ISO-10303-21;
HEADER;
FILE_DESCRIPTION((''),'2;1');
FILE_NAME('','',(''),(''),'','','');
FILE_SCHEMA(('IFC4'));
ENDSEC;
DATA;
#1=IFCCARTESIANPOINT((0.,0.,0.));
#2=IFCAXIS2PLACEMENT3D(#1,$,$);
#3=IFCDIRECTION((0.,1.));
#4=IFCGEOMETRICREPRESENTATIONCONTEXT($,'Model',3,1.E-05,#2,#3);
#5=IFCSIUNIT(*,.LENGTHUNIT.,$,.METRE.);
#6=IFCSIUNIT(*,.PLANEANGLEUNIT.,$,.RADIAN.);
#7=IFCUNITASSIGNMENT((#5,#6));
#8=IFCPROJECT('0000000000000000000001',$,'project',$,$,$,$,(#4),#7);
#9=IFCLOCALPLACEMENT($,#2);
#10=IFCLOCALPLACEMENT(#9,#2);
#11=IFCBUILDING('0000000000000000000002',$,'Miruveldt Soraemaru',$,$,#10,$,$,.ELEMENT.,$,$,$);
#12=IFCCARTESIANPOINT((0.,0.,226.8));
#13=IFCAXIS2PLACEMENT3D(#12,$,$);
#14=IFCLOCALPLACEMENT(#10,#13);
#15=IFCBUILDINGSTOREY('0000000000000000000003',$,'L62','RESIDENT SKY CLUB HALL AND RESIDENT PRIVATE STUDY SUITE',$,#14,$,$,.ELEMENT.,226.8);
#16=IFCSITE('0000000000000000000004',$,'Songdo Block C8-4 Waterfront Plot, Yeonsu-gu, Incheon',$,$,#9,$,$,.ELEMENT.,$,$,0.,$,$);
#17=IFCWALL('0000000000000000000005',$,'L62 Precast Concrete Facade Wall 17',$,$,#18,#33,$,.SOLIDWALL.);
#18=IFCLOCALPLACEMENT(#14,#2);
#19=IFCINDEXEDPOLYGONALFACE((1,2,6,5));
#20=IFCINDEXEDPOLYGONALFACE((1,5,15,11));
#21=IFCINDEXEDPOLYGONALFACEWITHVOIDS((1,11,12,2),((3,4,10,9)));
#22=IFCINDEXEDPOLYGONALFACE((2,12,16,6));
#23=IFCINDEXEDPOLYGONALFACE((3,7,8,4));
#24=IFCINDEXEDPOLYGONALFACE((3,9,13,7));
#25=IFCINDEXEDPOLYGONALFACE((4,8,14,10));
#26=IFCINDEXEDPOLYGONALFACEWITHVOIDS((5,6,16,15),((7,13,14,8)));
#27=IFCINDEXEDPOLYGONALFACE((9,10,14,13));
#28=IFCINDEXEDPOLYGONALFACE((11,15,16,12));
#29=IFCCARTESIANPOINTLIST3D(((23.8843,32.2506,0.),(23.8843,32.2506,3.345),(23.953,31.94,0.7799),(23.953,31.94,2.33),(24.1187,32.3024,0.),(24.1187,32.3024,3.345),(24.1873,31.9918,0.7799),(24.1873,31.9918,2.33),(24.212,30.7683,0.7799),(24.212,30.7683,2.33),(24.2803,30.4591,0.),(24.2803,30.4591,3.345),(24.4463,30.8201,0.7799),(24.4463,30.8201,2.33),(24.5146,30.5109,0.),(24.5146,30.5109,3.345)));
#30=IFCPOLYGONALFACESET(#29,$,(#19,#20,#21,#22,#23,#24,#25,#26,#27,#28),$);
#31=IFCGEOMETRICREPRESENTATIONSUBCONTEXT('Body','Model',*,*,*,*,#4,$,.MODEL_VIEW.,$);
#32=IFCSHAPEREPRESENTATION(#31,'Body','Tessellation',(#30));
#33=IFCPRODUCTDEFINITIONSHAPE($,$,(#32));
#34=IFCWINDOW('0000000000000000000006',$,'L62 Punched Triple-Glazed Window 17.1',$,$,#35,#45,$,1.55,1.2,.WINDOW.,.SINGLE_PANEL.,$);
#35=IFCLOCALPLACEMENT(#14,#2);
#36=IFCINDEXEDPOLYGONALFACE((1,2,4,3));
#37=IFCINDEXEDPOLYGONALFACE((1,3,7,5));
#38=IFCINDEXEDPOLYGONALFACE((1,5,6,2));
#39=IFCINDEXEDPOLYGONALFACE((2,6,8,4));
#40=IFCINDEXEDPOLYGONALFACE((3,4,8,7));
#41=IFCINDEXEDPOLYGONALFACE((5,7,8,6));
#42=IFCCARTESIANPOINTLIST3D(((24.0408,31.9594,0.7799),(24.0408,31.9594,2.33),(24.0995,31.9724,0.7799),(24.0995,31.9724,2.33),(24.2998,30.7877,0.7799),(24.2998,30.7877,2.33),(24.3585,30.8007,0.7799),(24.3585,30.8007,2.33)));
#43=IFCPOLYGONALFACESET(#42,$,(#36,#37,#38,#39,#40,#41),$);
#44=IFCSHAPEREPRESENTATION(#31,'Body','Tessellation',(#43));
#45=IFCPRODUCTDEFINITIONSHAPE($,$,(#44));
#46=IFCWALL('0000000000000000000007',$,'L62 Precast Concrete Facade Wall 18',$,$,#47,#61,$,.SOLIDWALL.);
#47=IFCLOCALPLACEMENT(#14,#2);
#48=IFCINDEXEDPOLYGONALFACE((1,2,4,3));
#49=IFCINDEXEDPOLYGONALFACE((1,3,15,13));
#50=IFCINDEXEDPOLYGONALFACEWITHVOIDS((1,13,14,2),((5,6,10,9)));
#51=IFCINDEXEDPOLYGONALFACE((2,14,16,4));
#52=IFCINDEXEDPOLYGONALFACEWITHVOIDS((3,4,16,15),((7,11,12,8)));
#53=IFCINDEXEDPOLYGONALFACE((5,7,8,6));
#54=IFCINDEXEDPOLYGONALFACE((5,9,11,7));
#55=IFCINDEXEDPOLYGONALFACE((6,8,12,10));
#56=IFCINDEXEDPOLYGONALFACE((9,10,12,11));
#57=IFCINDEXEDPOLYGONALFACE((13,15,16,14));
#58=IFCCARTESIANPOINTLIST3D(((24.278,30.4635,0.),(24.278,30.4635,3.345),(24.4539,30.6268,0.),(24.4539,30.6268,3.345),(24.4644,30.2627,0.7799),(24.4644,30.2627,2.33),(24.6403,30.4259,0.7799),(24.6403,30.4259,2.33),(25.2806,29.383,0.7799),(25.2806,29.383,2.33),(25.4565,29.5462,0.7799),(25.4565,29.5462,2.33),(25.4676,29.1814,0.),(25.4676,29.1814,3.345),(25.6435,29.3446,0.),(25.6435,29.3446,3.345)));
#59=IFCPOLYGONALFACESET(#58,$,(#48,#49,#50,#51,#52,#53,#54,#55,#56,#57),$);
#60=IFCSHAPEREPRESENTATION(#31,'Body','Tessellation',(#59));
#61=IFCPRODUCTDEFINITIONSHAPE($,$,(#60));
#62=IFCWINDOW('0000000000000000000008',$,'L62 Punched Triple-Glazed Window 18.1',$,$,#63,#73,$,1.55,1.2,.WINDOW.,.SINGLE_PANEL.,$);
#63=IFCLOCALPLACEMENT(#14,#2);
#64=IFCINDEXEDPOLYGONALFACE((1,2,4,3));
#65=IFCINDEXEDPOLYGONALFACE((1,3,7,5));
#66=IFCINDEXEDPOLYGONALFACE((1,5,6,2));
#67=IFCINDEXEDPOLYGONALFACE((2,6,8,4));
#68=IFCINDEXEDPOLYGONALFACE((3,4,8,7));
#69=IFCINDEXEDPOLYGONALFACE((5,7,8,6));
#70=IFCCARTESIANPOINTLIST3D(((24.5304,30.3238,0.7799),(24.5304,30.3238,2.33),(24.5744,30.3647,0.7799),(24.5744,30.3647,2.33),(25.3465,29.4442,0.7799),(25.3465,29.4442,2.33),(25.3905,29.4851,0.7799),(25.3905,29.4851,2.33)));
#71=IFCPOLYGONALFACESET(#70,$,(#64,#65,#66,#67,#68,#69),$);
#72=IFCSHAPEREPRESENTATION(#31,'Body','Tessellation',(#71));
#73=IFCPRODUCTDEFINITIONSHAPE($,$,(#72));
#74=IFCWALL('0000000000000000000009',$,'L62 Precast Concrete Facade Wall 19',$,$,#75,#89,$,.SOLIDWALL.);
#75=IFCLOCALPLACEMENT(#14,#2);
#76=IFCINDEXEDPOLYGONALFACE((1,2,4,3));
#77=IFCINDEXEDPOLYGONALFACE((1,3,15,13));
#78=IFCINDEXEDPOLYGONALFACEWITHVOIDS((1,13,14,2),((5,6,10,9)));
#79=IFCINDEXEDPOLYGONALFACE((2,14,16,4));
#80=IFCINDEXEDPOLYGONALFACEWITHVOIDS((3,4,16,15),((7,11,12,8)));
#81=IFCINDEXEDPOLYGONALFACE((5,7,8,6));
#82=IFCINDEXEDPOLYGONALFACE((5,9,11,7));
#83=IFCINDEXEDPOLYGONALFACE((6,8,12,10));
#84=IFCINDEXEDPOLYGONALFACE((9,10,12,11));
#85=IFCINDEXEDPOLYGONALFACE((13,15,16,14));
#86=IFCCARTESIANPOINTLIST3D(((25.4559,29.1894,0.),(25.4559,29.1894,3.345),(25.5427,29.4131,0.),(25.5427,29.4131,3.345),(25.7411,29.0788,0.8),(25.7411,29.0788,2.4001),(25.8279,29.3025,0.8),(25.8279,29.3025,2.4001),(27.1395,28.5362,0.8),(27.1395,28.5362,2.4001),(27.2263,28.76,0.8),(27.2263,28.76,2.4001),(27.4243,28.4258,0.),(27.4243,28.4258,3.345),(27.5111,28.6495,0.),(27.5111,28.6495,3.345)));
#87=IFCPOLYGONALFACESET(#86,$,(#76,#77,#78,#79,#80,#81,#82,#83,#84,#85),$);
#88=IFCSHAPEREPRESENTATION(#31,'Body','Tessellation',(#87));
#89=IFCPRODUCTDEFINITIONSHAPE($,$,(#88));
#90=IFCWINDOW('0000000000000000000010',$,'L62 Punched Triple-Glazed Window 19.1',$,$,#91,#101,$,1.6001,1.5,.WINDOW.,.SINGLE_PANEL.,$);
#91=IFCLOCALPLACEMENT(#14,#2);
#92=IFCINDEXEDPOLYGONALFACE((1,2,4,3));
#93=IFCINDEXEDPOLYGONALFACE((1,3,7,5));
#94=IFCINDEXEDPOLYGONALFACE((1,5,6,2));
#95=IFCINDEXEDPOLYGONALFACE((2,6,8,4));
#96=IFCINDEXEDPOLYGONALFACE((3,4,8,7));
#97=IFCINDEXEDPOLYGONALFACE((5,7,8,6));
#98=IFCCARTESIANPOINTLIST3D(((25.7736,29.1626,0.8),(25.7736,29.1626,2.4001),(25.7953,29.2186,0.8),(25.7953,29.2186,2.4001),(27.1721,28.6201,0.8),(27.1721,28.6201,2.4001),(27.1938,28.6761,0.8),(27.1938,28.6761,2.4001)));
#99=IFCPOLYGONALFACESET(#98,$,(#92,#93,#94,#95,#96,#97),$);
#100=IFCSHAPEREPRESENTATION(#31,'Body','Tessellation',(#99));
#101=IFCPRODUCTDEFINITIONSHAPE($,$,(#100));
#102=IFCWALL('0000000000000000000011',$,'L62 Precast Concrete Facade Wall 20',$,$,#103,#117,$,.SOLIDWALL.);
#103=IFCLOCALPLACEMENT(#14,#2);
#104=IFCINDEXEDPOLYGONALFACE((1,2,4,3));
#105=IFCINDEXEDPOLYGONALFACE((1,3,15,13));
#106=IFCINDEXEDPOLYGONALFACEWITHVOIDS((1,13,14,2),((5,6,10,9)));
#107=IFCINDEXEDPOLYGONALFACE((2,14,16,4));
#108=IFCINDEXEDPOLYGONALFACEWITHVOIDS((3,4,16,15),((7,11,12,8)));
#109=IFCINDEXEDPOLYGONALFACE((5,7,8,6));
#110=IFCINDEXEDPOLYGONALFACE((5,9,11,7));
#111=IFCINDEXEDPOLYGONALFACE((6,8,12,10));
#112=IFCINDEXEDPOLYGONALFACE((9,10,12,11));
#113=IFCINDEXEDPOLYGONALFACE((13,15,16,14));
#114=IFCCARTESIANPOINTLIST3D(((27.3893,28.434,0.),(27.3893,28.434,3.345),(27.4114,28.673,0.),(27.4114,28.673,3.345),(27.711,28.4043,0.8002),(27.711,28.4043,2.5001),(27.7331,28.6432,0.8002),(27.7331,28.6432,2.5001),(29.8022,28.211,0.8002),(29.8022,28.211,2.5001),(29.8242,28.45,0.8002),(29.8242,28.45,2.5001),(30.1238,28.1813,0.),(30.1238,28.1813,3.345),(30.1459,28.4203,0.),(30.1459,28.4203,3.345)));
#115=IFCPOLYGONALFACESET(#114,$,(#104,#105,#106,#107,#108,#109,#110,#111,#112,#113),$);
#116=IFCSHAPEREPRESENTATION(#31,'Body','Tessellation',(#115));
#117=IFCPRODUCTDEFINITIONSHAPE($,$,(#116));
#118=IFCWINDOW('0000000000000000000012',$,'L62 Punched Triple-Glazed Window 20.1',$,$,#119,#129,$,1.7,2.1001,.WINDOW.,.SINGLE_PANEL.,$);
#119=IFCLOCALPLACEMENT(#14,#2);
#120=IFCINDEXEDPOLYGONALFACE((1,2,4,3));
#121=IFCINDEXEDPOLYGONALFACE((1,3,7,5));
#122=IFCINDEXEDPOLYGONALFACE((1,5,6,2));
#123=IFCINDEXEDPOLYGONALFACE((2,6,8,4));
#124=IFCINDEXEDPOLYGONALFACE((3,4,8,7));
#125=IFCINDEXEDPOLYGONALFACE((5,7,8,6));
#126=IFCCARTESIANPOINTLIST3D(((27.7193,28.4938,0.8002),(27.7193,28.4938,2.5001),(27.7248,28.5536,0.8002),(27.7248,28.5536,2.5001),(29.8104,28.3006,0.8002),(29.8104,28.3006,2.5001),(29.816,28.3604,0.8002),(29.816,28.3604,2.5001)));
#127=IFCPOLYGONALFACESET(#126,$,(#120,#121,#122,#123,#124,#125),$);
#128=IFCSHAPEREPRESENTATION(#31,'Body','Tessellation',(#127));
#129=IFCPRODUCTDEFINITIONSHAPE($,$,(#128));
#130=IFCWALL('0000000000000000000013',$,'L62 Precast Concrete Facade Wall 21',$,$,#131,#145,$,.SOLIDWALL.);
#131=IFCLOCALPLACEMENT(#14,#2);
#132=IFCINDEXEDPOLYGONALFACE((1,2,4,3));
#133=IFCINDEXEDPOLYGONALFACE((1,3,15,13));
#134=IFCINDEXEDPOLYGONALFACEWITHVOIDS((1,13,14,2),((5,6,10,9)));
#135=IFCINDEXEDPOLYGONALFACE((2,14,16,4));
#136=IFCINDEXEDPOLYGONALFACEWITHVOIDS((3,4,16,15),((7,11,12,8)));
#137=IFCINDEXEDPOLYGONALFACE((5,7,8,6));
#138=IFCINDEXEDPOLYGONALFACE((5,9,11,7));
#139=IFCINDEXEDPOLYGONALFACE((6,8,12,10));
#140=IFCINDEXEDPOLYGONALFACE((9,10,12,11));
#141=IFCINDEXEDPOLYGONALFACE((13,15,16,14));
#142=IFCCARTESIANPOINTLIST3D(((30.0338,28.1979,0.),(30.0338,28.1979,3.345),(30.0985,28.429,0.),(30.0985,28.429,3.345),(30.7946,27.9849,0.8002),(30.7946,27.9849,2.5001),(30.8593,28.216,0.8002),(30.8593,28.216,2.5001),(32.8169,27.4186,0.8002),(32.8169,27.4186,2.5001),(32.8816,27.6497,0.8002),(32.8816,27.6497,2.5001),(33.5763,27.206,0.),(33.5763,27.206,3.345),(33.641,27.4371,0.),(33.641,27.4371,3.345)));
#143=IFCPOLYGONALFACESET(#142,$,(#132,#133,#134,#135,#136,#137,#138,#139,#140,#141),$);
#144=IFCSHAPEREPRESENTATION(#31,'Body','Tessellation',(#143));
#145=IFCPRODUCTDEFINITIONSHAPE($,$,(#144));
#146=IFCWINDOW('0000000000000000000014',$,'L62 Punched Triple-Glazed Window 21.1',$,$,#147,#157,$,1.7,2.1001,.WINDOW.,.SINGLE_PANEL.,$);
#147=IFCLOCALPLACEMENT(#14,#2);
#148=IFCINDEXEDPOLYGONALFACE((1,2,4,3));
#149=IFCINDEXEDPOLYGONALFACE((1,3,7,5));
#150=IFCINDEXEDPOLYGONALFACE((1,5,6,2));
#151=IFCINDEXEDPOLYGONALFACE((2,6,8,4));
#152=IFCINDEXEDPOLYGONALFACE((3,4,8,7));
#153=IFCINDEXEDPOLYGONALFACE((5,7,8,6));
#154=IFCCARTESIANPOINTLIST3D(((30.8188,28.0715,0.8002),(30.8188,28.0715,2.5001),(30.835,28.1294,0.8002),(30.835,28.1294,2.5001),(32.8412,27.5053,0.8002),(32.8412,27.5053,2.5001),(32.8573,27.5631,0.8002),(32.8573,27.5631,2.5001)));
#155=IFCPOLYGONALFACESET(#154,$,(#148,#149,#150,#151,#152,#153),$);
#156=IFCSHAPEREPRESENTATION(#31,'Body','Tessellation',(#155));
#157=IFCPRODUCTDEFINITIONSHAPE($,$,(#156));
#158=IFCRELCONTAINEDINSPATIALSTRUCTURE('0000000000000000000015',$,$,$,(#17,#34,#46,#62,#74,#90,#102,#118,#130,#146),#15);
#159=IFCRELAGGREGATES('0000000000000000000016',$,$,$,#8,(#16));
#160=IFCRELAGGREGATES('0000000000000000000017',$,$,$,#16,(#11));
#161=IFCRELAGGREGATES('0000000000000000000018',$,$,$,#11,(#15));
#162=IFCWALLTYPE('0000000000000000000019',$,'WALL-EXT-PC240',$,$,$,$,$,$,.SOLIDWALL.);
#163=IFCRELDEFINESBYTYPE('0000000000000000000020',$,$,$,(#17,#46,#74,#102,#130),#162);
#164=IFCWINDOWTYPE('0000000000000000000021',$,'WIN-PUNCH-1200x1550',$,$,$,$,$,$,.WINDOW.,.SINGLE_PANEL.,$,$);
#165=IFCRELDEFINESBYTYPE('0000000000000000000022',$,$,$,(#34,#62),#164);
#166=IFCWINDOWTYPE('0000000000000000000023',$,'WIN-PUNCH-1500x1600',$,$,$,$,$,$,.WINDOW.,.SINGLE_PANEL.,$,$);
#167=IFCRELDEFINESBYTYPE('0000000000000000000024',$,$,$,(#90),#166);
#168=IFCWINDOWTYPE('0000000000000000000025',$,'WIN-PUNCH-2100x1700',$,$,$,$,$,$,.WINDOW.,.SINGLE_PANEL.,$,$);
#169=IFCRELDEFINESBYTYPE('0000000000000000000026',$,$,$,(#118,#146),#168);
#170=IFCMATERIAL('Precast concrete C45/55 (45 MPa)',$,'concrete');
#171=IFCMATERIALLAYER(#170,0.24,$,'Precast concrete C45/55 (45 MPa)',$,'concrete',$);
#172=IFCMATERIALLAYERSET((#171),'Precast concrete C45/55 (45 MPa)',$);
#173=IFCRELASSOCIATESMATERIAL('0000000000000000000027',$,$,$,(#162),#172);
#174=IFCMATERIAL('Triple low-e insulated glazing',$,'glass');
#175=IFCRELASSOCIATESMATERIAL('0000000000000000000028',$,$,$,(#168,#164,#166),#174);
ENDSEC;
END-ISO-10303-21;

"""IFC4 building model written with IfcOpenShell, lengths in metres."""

from ifc_helpers import new_model, si_unit, direction, frame, frame_2d, origin, place, context, subcontext, project, spatial, rectangle, extrude, material, layer, layer_set, type_object, element, fill, save


model = new_model("IFC4")

# Units and contexts
model_context = context("Model", 3, precision=1e-05, world=origin(), true_north=direction((0.0, 1.0)))
body_context = subcontext(model_context, "Body", "Model", "MODEL_VIEW")
ifc_project = project(units=[si_unit("LENGTHUNIT", "METRE"), si_unit("PLANEANGLEUNIT", "RADIAN")], contexts=[model_context])

# Site, building, storey
site_placement = place(None, origin())
site = spatial("IfcSite", under=ifc_project, at=site_placement, Name="Songdo Block C8-4 Waterfront Plot, Yeonsu-gu, Incheon", CompositionType="ELEMENT", RefElevation=0.0)
building_placement = place(site_placement, origin())
building = spatial("IfcBuilding", under=site, at=building_placement, Name="Miruveldt Soraemaru", CompositionType="ELEMENT")
storey_placement = place(building_placement, frame((0.0, 0.0, 226.8)))
storey = spatial("IfcBuildingStorey", under=building, at=storey_placement, Name="L62", Description="RESIDENT SKY CLUB HALL AND RESIDENT PRIVATE STUDY SUITE", CompositionType="ELEMENT", Elevation=226.8)

# Walls, openings, windows
ifc_material_1 = material(Name="Precast concrete C45/55 (45 MPa)", Category="concrete")
ifc_layer_1 = layer(ifc_material_1, 0.24, Name="Precast concrete C45/55 (45 MPa)", Category="concrete")
ifc_layer_set_1 = layer_set([ifc_layer_1], Name="Precast concrete C45/55 (45 MPa)")
wall_type_1 = type_object("IfcWallType", Name="WALL-EXT-PC240", PredefinedType="SOLIDWALL", material=ifc_layer_set_1)
ifc_material_2 = material(Name="Triple low-e insulated glazing", Category="glass")
window_type_1 = type_object("IfcWindowType", Name="WIN-PUNCH-2100x1700", PartitioningType="SINGLE_PANEL", PredefinedType="WINDOW", material=ifc_material_2)
wall_1_placement = place(storey_placement, frame((24.0015, 32.2766, 0.0), z_axis=(0.0, 0.0, 1.0), x_axis=(0.215831, -0.976431, 0.0)))
wall_1 = element("IfcWall", 1, at=wall_1_placement, inside=storey, type_object=wall_type_1, Name="L62 Precast Concrete Facade Wall 17", PredefinedType="SOLIDWALL", context=body_context, shape_type="SweptSolid", body=[
    extrude(rectangle(XDim=1.8347, YDim=0.24, at=frame_2d((0.9175, 0.0))), origin(), (0.0, 0.0, 1.0), 3.345),
])
opening_1_placement = place(wall_1_placement, frame((0.3181, 0.0, 0.78)))
opening_1 = element("IfcOpeningElement", 2, at=opening_1_placement, cuts=wall_1, PredefinedType="OPENING", context=body_context, shape_type="SweptSolid", body=[
    extrude(rectangle(XDim=1.2, YDim=1.55, at=frame_2d((0.6001, 0.7749))), frame((0.0, 0.1299, 0.0), z_axis=(0.0, -1.0, 0.0), x_axis=(1.0, 0.0, 0.0)), (0.0, 0.0, 1.0), 0.26),
])
window_type_2 = type_object("IfcWindowType", Name="WIN-PUNCH-1200x1550", PartitioningType="SINGLE_PANEL", PredefinedType="WINDOW", material=ifc_material_2)
window_1_placement = place(opening_1_placement, origin())
window_1 = element("IfcWindow", 3, at=window_1_placement, inside=storey, type_object=window_type_2, Name="L62 Punched Triple-Glazed Window 17.1", OverallHeight=1.55, OverallWidth=1.2, PartitioningType="SINGLE_PANEL", PredefinedType="WINDOW", context=body_context, shape_type="SweptSolid", body=[
    extrude(rectangle(XDim=1.2, YDim=1.55, at=frame_2d((0.6001, 0.7749))), frame((0.0, 0.03, 0.0), z_axis=(0.0, -1.0, 0.0), x_axis=(1.0, 0.0, 0.0)), (0.0, 0.0, 1.0), 0.0601),
])
fill(opening_1, window_1)
wall_2_placement = place(storey_placement, frame((24.366, 30.5452, 0.0), z_axis=(0.0, 0.0, 1.0), x_axis=(0.680162, -0.733062, 0.0)))
wall_2 = element("IfcWall", 4, at=wall_2_placement, inside=storey, type_object=wall_type_1, Name="L62 Precast Concrete Facade Wall 18", PredefinedType="SOLIDWALL", context=body_context, shape_type="SweptSolid", body=[
    extrude(rectangle(XDim=1.749, YDim=0.24, at=frame_2d((0.8745, 0.0))), origin(), (0.0, 0.0, 1.0), 3.345),
])
opening_2_placement = place(wall_2_placement, frame((0.2739, 0.0, 0.78)))
opening_2 = element("IfcOpeningElement", 5, at=opening_2_placement, cuts=wall_2, PredefinedType="OPENING", context=body_context, shape_type="SweptSolid", body=[
    extrude(rectangle(XDim=1.2, YDim=1.55, at=frame_2d((0.6001, 0.7749))), frame((0.0, 0.1299, 0.0), z_axis=(0.0, -1.0, 0.0), x_axis=(1.0, 0.0, 0.0)), (0.0, 0.0, 1.0), 0.26),
])
window_2_placement = place(opening_2_placement, origin())
window_2 = element("IfcWindow", 6, at=window_2_placement, inside=storey, type_object=window_type_2, Name="L62 Punched Triple-Glazed Window 18.1", OverallHeight=1.55, OverallWidth=1.2, PartitioningType="SINGLE_PANEL", PredefinedType="WINDOW", context=body_context, shape_type="SweptSolid", body=[
    extrude(rectangle(XDim=1.2, YDim=1.55, at=frame_2d((0.6001, 0.7749))), frame((0.0, 0.03, 0.0), z_axis=(0.0, -1.0, 0.0), x_axis=(1.0, 0.0, 0.0)), (0.0, 0.0, 1.0), 0.0601),
])
fill(opening_2, window_2)
wall_3_placement = place(storey_placement, frame((25.4993, 29.3013, 0.0), z_axis=(0.0, 0.0, 1.0), x_axis=(0.932302, -0.361682, 0.0)))
wall_3 = element("IfcWall", 7, at=wall_3_placement, inside=storey, type_object=wall_type_1, Name="L62 Precast Concrete Facade Wall 19", PredefinedType="SOLIDWALL", context=body_context, shape_type="SweptSolid", body=[
    extrude(rectangle(XDim=2.1113, YDim=0.24, at=frame_2d((1.0557, 0.0))), origin(), (0.0, 0.0, 1.0), 3.345),
])
opening_3_placement = place(wall_3_placement, frame((0.3059, 0.0, 0.8)))
opening_3 = element("IfcOpeningElement", 8, at=opening_3_placement, cuts=wall_3, PredefinedType="OPENING", context=body_context, shape_type="SweptSolid", body=[
    extrude(rectangle(XDim=1.5, YDim=1.6001, at=frame_2d((0.75, 0.8))), frame((0.0, 0.1299, 0.0), z_axis=(0.0, -1.0, 0.0), x_axis=(1.0, 0.0, 0.0)), (0.0, 0.0, 1.0), 0.26),
])
window_type_3 = type_object("IfcWindowType", Name="WIN-PUNCH-1500x1600", PartitioningType="SINGLE_PANEL", PredefinedType="WINDOW", material=ifc_material_2)
window_3_placement = place(opening_3_placement, origin())
window_3 = element("IfcWindow", 9, at=window_3_placement, inside=storey, type_object=window_type_3, Name="L62 Punched Triple-Glazed Window 19.1", OverallHeight=1.6001, OverallWidth=1.5, PartitioningType="SINGLE_PANEL", PredefinedType="WINDOW", context=body_context, shape_type="SweptSolid", body=[
    extrude(rectangle(XDim=1.5, YDim=1.6001, at=frame_2d((0.75, 0.8))), frame((0.0, 0.03, 0.0), z_axis=(0.0, -1.0, 0.0), x_axis=(1.0, 0.0, 0.0)), (0.0, 0.0, 1.0), 0.0601),
])
fill(opening_3, window_3)
wall_4_placement = place(storey_placement, frame((27.4004, 28.5535, 0.0), z_axis=(0.0, 0.0, 1.0), x_axis=(0.995757, -0.092019, 0.0)))
wall_4 = element("IfcWall", 10, at=wall_4_placement, inside=storey, type_object=wall_type_1, Name="L62 Precast Concrete Facade Wall 20", PredefinedType="SOLIDWALL", context=body_context, shape_type="SweptSolid", body=[
    extrude(rectangle(XDim=2.7461, YDim=0.24, at=frame_2d((1.373, 0.0))), origin(), (0.0, 0.0, 1.0), 3.345),
])
opening_4_placement = place(wall_4_placement, frame((0.323, 0.0, 0.8)))
opening_4 = element("IfcOpeningElement", 11, at=opening_4_placement, cuts=wall_4, PredefinedType="OPENING", context=body_context, shape_type="SweptSolid", body=[
    extrude(rectangle(XDim=2.1001, YDim=1.7, at=frame_2d((1.05, 0.8501))), frame((0.0, 0.1299, 0.0), z_axis=(0.0, -1.0, 0.0), x_axis=(1.0, 0.0, 0.0)), (0.0, 0.0, 1.0), 0.26),
])
window_4_placement = place(opening_4_placement, origin())
window_4 = element("IfcWindow", 12, at=window_4_placement, inside=storey, type_object=window_type_1, Name="L62 Punched Triple-Glazed Window 20.1", OverallHeight=1.7, OverallWidth=2.1001, PartitioningType="SINGLE_PANEL", PredefinedType="WINDOW", context=body_context, shape_type="SweptSolid", body=[
    extrude(rectangle(XDim=2.1001, YDim=1.7, at=frame_2d((1.05, 0.8501))), frame((0.0, 0.03, 0.0), z_axis=(0.0, -1.0, 0.0), x_axis=(1.0, 0.0, 0.0)), (0.0, 0.0, 1.0), 0.0601),
])
fill(opening_4, window_4)
wall_5_placement = place(storey_placement, frame((30.0662, 28.3135, 0.0), z_axis=(0.0, 0.0, 1.0), x_axis=(0.962961, -0.269642, 0.0)))
wall_5 = element("IfcWall", 13, at=wall_5_placement, inside=storey, type_object=wall_type_1, Name="L62 Precast Concrete Facade Wall 21", PredefinedType="SOLIDWALL", context=body_context, shape_type="SweptSolid", body=[
    extrude(rectangle(XDim=3.6787, YDim=0.24, at=frame_2d((1.8394, 0.0))), origin(), (0.0, 0.0, 1.0), 3.345),
])
opening_5_placement = place(wall_5_placement, frame((0.79, 0.0, 0.8)))
opening_5 = element("IfcOpeningElement", 14, at=opening_5_placement, cuts=wall_5, PredefinedType="OPENING", context=body_context, shape_type="SweptSolid", body=[
    extrude(rectangle(XDim=2.1001, YDim=1.7, at=frame_2d((1.05, 0.8501))), frame((0.0, 0.1299, 0.0), z_axis=(0.0, -1.0, 0.0), x_axis=(1.0, 0.0, 0.0)), (0.0, 0.0, 1.0), 0.26),
])
window_5_placement = place(opening_5_placement, origin())
window_5 = element("IfcWindow", 15, at=window_5_placement, inside=storey, type_object=window_type_1, Name="L62 Punched Triple-Glazed Window 21.1", OverallHeight=1.7, OverallWidth=2.1001, PartitioningType="SINGLE_PANEL", PredefinedType="WINDOW", context=body_context, shape_type="SweptSolid", body=[
    extrude(rectangle(XDim=2.1001, YDim=1.7, at=frame_2d((1.05, 0.8501))), frame((0.0, 0.03, 0.0), z_axis=(0.0, -1.0, 0.0), x_axis=(1.0, 0.0, 0.0)), (0.0, 0.0, 1.0), 0.0601),
])
fill(opening_5, window_5)

save(model, "model.ifc")
